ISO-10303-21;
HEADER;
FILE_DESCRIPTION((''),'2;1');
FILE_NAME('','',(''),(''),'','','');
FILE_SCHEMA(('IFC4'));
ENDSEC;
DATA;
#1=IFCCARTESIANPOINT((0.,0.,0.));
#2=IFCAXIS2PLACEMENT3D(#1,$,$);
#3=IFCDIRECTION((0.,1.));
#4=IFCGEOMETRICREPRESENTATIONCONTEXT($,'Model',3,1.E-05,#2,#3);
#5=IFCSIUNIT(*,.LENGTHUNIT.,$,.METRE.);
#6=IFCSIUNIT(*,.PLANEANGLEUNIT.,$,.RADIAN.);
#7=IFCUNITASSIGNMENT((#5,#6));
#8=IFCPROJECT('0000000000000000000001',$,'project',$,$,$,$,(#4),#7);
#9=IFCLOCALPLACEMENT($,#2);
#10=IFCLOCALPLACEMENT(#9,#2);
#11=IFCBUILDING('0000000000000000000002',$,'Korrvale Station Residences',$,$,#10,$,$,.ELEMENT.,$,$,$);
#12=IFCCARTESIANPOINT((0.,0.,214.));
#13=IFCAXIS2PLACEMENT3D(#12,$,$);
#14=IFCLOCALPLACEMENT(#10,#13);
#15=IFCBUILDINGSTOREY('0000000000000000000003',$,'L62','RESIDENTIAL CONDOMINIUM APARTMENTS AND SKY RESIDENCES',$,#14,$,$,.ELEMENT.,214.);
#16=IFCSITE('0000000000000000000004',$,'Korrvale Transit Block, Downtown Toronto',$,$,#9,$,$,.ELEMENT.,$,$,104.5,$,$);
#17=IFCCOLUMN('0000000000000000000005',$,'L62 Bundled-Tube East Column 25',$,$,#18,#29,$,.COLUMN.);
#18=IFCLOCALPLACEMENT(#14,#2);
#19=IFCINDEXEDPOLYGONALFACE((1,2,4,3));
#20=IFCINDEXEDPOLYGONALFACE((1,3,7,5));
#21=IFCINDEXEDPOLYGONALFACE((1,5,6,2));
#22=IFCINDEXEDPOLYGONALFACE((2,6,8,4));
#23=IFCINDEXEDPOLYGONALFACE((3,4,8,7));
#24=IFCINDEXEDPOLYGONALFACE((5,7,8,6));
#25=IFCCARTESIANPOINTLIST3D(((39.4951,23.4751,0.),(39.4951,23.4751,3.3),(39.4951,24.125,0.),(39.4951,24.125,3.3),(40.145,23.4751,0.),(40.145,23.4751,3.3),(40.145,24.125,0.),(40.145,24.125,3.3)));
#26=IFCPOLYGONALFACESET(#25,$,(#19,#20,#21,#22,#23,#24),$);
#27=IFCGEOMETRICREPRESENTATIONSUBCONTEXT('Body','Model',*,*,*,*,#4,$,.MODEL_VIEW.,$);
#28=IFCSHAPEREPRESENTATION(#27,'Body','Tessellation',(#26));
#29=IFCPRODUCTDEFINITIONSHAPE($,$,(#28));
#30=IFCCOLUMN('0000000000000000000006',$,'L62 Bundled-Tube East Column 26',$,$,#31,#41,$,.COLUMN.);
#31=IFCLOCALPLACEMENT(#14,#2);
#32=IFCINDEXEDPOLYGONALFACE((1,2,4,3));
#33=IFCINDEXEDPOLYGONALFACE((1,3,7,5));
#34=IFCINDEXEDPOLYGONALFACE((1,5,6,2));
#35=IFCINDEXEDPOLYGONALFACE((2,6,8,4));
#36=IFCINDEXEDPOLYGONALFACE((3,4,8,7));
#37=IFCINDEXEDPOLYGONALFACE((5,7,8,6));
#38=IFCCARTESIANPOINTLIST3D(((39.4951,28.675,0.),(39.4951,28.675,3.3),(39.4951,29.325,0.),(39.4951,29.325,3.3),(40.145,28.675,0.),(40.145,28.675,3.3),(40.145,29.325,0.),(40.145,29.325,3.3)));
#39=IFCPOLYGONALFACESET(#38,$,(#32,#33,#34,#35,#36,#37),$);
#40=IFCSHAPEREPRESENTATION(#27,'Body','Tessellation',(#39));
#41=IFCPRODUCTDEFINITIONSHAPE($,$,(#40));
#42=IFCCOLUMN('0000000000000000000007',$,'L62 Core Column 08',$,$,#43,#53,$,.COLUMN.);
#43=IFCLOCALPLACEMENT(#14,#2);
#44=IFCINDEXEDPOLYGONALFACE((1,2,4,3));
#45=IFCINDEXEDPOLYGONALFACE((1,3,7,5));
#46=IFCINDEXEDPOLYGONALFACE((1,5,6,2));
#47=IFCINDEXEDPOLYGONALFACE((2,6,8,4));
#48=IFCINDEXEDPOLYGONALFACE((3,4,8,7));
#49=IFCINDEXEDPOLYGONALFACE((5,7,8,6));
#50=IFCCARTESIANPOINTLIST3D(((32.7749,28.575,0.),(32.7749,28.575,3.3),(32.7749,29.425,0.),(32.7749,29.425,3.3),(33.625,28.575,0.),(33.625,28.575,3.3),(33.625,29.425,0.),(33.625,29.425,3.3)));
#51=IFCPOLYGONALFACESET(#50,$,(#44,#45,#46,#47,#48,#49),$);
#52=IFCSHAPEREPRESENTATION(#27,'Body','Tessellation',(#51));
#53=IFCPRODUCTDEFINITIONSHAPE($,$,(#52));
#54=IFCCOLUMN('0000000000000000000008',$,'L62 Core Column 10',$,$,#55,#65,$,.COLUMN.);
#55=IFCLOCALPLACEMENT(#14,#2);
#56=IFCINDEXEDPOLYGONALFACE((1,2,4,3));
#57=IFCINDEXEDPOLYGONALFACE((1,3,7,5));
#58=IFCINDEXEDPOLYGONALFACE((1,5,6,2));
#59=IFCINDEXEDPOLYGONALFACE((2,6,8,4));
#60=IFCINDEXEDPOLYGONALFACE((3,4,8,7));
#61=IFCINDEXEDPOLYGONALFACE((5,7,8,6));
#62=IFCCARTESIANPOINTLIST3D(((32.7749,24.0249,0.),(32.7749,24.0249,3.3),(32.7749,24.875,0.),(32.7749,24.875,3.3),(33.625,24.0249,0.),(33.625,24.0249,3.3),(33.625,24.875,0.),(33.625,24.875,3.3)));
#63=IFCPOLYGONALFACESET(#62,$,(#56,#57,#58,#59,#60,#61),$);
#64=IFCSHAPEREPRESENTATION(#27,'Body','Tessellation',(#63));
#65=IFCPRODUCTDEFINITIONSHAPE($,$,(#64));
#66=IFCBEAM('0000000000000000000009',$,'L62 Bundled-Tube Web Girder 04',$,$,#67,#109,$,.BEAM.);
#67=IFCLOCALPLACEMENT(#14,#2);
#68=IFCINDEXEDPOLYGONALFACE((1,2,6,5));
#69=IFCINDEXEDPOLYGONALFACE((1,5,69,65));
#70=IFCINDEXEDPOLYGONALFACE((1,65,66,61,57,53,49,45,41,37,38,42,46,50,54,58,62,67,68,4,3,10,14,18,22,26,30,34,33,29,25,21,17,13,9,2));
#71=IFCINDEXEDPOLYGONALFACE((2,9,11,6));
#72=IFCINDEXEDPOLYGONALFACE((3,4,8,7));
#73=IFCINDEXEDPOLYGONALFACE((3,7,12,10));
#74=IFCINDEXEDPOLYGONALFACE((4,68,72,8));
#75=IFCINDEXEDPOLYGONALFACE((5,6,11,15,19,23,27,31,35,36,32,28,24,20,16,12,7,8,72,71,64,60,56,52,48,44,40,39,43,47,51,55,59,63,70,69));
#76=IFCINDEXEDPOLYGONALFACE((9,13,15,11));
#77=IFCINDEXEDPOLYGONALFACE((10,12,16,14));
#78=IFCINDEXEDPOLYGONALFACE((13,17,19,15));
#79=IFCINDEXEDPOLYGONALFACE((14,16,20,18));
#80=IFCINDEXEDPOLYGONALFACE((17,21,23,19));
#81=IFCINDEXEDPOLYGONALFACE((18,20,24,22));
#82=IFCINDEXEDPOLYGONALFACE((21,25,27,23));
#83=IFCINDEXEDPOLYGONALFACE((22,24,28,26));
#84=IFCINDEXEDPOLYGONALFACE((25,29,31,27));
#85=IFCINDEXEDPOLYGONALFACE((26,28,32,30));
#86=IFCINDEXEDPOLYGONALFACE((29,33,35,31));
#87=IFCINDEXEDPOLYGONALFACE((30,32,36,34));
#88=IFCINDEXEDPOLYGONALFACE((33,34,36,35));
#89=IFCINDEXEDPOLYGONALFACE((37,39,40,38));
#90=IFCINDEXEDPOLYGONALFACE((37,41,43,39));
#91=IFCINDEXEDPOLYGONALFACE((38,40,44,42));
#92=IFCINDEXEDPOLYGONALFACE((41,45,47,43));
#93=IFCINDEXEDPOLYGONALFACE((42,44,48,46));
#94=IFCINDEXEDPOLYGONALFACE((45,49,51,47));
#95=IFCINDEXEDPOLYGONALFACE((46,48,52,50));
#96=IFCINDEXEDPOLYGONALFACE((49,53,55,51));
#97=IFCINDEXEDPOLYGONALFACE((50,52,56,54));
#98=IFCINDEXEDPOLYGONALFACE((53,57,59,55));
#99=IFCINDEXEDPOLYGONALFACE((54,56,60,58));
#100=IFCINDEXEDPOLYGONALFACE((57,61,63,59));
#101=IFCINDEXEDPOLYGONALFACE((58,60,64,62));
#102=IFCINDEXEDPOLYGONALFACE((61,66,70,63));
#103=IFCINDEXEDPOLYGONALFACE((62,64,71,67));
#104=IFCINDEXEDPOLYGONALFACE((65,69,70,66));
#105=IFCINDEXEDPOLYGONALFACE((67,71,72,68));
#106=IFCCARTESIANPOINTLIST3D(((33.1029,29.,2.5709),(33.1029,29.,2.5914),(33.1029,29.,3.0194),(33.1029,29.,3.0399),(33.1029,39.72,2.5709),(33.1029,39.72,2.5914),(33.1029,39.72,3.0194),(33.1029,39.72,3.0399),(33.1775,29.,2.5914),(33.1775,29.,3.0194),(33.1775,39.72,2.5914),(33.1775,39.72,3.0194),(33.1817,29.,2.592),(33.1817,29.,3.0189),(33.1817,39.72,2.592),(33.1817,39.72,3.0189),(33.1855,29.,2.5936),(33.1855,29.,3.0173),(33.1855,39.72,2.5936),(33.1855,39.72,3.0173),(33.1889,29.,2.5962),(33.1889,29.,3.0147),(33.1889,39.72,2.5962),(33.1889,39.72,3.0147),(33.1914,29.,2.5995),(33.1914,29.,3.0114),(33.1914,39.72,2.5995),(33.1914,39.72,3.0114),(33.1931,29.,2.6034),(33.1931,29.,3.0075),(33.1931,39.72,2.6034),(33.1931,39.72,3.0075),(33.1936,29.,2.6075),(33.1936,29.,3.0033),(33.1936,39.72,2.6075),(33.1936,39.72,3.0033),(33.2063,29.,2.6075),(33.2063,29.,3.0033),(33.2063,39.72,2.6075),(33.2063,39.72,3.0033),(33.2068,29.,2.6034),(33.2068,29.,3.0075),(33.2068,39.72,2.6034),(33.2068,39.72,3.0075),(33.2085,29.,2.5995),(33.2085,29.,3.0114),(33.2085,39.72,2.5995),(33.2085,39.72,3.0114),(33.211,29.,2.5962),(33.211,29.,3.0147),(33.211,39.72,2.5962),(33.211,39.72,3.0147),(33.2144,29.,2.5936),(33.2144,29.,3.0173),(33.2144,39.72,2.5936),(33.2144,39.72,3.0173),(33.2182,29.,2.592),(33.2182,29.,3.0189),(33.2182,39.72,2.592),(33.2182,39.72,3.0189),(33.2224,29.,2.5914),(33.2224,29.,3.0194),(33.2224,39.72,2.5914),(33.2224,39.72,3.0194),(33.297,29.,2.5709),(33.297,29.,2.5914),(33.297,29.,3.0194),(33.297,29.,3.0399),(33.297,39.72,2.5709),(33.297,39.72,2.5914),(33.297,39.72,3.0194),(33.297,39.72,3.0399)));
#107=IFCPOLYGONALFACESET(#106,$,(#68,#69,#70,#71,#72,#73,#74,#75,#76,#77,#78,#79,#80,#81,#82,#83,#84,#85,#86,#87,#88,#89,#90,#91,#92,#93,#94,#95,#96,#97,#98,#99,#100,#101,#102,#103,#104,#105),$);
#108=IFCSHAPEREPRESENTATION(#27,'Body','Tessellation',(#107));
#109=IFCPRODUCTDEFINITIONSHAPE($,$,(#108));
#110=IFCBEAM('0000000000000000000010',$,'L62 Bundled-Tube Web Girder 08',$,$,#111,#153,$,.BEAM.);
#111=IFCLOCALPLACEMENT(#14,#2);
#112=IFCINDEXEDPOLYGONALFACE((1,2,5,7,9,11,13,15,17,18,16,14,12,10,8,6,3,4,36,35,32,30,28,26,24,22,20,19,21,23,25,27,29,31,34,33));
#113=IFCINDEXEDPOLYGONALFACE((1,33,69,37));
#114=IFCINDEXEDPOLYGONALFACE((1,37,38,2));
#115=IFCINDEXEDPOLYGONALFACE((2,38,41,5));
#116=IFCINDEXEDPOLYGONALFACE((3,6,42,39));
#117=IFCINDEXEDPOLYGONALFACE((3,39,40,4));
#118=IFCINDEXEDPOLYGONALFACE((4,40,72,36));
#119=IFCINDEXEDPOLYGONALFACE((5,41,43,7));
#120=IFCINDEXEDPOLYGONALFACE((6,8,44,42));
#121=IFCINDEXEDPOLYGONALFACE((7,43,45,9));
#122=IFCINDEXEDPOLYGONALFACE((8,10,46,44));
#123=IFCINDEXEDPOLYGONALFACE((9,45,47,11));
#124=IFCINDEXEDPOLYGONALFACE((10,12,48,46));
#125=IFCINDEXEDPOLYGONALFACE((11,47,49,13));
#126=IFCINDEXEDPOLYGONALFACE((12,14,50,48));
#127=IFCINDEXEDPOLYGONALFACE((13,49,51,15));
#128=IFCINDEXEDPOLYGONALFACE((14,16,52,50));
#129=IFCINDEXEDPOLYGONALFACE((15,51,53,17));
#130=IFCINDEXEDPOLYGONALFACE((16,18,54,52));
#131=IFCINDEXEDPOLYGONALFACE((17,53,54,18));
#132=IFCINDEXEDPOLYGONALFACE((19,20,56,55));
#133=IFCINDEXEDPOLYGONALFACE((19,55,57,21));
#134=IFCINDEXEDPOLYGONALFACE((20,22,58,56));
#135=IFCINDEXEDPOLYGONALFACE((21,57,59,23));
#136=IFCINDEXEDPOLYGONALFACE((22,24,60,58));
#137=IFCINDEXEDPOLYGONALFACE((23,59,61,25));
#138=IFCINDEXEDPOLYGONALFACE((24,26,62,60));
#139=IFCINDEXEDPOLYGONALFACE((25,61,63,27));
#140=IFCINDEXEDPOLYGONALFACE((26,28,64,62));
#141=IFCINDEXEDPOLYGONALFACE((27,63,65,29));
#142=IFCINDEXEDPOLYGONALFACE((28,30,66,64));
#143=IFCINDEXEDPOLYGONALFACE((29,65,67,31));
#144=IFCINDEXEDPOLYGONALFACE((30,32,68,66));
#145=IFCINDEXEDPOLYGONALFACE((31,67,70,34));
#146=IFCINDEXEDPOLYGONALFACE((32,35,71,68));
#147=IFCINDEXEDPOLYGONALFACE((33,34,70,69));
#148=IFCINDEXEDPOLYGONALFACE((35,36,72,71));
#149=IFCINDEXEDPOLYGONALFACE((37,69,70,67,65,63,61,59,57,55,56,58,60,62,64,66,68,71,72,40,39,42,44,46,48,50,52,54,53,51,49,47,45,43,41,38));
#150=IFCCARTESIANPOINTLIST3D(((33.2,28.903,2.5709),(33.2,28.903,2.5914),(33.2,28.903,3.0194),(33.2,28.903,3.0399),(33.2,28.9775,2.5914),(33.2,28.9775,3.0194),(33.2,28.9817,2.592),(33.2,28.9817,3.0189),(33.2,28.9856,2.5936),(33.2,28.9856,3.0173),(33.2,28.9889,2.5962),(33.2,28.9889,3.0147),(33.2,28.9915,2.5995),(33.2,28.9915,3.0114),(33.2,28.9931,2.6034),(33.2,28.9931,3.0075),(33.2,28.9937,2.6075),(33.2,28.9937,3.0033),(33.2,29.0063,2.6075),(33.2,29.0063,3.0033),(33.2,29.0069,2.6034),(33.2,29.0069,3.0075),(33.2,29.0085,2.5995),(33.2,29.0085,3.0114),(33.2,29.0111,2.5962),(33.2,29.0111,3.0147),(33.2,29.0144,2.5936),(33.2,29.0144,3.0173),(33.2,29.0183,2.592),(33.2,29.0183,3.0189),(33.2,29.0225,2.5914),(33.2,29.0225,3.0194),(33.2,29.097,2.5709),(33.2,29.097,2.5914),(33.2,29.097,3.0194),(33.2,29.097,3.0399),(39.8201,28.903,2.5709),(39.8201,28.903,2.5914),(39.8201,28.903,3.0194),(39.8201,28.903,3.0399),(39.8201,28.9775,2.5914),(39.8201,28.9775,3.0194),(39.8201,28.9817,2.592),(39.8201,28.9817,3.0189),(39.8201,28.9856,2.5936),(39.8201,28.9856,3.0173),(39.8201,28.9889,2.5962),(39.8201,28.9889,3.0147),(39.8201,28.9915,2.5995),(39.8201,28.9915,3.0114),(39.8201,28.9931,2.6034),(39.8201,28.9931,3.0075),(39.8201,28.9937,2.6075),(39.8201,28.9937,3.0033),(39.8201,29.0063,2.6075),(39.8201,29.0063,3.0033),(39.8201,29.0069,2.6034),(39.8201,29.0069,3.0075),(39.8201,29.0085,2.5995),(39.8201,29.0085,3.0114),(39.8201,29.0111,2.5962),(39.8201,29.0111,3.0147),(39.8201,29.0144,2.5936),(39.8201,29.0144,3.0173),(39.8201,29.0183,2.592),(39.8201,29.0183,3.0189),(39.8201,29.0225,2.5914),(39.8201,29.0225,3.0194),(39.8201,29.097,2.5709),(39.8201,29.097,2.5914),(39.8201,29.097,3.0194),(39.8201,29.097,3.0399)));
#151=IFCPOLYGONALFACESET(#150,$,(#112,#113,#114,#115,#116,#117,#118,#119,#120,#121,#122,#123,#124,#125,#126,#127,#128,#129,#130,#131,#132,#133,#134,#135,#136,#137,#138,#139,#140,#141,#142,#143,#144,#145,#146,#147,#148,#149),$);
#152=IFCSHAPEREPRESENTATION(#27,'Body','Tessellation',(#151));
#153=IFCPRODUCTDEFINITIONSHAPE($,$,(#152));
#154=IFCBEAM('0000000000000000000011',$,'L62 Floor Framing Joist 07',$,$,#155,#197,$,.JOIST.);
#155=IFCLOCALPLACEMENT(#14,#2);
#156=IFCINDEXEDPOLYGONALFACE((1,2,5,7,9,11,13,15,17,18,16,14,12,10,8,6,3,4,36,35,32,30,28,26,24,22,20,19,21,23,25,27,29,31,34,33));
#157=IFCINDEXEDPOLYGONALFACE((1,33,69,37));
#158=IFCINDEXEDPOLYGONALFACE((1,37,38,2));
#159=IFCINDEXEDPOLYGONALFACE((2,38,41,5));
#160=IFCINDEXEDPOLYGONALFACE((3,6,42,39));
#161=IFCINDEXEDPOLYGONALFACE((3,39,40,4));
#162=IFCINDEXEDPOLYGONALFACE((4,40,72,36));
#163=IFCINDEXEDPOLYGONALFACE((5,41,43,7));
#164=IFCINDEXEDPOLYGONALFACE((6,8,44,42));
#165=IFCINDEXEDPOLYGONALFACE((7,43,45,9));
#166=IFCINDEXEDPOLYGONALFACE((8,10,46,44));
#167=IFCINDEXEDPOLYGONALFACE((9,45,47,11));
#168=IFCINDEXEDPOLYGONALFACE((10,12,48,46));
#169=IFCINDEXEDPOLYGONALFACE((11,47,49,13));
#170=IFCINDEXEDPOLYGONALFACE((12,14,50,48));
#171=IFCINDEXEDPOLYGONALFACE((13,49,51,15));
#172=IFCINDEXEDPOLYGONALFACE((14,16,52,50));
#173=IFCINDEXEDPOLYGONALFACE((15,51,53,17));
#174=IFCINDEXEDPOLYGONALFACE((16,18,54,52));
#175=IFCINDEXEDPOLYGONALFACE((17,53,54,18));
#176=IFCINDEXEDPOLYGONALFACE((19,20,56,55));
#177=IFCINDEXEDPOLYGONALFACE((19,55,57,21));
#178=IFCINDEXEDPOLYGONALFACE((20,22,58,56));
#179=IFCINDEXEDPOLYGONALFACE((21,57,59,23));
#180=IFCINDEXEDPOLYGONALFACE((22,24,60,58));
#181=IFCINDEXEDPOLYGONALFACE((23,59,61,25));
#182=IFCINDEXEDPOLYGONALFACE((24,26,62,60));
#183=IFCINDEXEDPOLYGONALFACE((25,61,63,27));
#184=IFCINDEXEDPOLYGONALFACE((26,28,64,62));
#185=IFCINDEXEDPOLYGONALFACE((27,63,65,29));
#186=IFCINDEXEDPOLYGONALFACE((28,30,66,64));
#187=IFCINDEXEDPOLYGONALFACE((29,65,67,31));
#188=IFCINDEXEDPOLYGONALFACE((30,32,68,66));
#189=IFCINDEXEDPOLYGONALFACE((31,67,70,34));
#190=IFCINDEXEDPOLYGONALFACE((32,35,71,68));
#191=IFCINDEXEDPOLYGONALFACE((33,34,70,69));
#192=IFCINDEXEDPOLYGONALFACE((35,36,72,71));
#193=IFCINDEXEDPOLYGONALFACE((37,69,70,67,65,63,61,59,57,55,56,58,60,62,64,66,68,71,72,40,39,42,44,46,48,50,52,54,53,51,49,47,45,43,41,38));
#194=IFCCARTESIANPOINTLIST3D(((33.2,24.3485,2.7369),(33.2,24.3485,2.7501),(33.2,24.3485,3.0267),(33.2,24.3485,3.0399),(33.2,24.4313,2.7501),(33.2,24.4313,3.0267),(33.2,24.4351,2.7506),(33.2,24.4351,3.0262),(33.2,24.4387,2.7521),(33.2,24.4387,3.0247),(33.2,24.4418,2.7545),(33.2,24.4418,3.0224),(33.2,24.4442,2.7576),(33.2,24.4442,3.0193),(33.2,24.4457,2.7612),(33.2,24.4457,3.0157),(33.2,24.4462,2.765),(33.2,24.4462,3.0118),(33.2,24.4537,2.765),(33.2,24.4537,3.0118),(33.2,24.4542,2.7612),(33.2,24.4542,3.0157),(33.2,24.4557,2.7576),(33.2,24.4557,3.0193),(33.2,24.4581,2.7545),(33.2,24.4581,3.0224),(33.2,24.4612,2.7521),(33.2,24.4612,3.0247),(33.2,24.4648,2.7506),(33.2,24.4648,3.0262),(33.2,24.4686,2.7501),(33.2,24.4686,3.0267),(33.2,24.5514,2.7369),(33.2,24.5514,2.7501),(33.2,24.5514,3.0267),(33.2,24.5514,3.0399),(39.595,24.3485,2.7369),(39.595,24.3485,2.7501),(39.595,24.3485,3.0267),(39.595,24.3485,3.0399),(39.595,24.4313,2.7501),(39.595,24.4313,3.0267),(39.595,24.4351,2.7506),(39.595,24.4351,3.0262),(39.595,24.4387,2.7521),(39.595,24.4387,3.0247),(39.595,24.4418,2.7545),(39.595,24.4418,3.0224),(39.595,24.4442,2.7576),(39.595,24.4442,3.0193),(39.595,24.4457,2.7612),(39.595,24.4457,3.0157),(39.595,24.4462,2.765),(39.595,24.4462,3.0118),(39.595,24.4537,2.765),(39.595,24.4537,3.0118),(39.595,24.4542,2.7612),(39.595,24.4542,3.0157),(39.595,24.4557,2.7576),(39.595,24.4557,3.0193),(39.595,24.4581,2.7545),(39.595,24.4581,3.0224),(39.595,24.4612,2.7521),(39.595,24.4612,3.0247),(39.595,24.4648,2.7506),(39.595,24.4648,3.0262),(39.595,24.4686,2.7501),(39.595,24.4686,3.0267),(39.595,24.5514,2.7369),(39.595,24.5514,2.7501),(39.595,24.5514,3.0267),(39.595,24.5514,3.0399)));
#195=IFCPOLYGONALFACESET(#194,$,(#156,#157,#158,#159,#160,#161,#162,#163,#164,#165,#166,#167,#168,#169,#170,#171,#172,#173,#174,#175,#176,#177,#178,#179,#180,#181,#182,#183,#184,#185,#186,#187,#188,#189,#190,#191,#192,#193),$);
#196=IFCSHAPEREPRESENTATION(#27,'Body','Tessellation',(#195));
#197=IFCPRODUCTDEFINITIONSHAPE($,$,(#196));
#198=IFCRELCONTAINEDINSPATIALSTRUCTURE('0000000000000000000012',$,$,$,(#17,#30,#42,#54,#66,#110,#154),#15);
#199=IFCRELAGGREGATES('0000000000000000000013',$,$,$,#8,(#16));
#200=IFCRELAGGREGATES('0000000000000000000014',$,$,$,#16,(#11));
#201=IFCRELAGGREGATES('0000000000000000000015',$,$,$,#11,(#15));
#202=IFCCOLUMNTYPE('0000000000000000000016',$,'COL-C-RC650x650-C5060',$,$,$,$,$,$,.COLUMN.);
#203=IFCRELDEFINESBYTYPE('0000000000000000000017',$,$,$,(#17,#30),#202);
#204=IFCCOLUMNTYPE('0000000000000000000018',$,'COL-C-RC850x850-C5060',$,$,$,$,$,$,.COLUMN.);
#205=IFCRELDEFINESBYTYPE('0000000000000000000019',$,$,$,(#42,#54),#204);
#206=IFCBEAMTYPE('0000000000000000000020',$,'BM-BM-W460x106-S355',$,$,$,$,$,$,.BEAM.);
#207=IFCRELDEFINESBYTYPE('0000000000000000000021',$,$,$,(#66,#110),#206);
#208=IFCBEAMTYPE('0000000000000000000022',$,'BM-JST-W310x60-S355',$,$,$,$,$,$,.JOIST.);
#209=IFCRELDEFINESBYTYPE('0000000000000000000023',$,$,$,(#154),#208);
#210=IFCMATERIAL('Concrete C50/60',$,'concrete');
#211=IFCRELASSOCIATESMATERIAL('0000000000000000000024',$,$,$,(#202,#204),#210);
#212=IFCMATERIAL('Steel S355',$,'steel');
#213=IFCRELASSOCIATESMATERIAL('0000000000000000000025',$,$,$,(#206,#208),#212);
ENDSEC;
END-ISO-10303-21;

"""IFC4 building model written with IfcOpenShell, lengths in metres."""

from ifc_helpers import new_model, si_unit, direction, frame, origin, origin_2d, place, context, subcontext, project, spatial, rectangle, i_section, extrude, material, material_profile, profile_set, type_object, element, save


model = new_model("IFC4")

# Units and contexts
model_context = context("Model", 3, precision=1e-05, world=origin(), true_north=direction((0.0, 1.0)))
body_context = subcontext(model_context, "Body", "Model", "MODEL_VIEW")
ifc_project = project(units=[si_unit("LENGTHUNIT", "METRE"), si_unit("PLANEANGLEUNIT", "RADIAN")], contexts=[model_context])

# Site, building, storey
site_placement = place(None, origin())
site = spatial("IfcSite", under=ifc_project, at=site_placement, Name="Korrvale Transit Block, Downtown Toronto", CompositionType="ELEMENT", RefElevation=104.5)
building_placement = place(site_placement, origin())
building = spatial("IfcBuilding", under=site, at=building_placement, Name="Korrvale Station Residences", CompositionType="ELEMENT")
storey_placement = place(building_placement, frame((0.0, 0.0, 214.0)))
storey = spatial("IfcBuildingStorey", under=building, at=storey_placement, Name="L62", Description="RESIDENTIAL CONDOMINIUM APARTMENTS AND SKY RESIDENCES", CompositionType="ELEMENT", Elevation=214.0)

# Columns
ifc_material_1 = material(Name="Concrete C50/60", Category="concrete")
ifc_material_profile_1 = material_profile(ifc_material_1, rectangle(XDim=0.6499, YDim=0.6499, at=origin_2d()), Name="RC650x650")
ifc_profile_set_1 = profile_set([ifc_material_profile_1], Name="Concrete C50/60")
column_type_1 = type_object("IfcColumnType", Name="COL-C-RC650x650-C5060", PredefinedType="COLUMN", material=ifc_profile_set_1)
for number, where, z_axis, x_axis, name in (
    (1, (39.8201, 23.8, 0.0), (0.0, 0.0, 1.0), (1.0, 0.0, 0.0), "L62 Bundled-Tube East Column 25"),
    (2, (39.8201, 29.0, 0.0), (0.0, 0.0, 1.0), (1.0, 0.0, 0.0), "L62 Bundled-Tube East Column 26"),
):
    element("IfcColumn", number, at=place(storey_placement, frame(where, z_axis=z_axis, x_axis=x_axis)), inside=storey, type_object=column_type_1, Name=name, PredefinedType="COLUMN", context=body_context, shape_type="SweptSolid", body=[
        extrude(rectangle(XDim=0.6499, YDim=0.6499, at=origin_2d()), origin(), (0.0, 0.0, 1.0), 3.3),
    ])
ifc_material_profile_2 = material_profile(ifc_material_1, rectangle(XDim=0.8501, YDim=0.8501, at=origin_2d()), Name="RC850x850")
ifc_profile_set_2 = profile_set([ifc_material_profile_2], Name="Concrete C50/60")
column_type_2 = type_object("IfcColumnType", Name="COL-C-RC850x850-C5060", PredefinedType="COLUMN", material=ifc_profile_set_2)
for number, where, z_axis, x_axis, name in (
    (3, (33.2, 29.0, 0.0), (0.0, 0.0, 1.0), (1.0, 0.0, 0.0), "L62 Core Column 08"),
    (4, (33.2, 24.45, 0.0), (0.0, 0.0, 1.0), (1.0, 0.0, 0.0), "L62 Core Column 10"),
):
    element("IfcColumn", number, at=place(storey_placement, frame(where, z_axis=z_axis, x_axis=x_axis)), inside=storey, type_object=column_type_2, Name=name, PredefinedType="COLUMN", context=body_context, shape_type="SweptSolid", body=[
        extrude(rectangle(XDim=0.8501, YDim=0.8501, at=origin_2d()), origin(), (0.0, 0.0, 1.0), 3.3),
    ])

# Beams
ifc_material_2 = material(Name="Steel S355", Category="steel")
ifc_material_profile_3 = material_profile(ifc_material_2, i_section(OverallWidth=0.1941, OverallDepth=0.469, WebThickness=0.0127, FlangeThickness=0.0205, FilletRadius=0.0161, at=origin_2d()), Name="W460x106")
ifc_profile_set_3 = profile_set([ifc_material_profile_3], Name="Steel S355")
beam_type_1 = type_object("IfcBeamType", Name="BM-BM-W460x106-S355", PredefinedType="BEAM", material=ifc_profile_set_3)
beam_1_placement = place(storey_placement, frame((33.2, 29.0, 2.8054), z_axis=(0.0, 1.0, 0.0), x_axis=(-1.0, 0.0, 0.0)))
element("IfcBeam", 5, at=beam_1_placement, inside=storey, type_object=beam_type_1, Name="L62 Bundled-Tube Web Girder 04", PredefinedType="BEAM", context=body_context, shape_type="SweptSolid", body=[
    extrude(i_section(OverallWidth=0.1941, OverallDepth=0.469, WebThickness=0.0127, FlangeThickness=0.0205, FilletRadius=0.0161, at=origin_2d()), origin(), (0.0, 0.0, 1.0), 10.72),
])
beam_2_placement = place(storey_placement, frame((33.2, 29.0, 2.8054), z_axis=(1.0, 0.0, 0.0), x_axis=(0.0, 1.0, 0.0)))
element("IfcBeam", 6, at=beam_2_placement, inside=storey, type_object=beam_type_1, Name="L62 Bundled-Tube Web Girder 08", PredefinedType="BEAM", context=body_context, shape_type="SweptSolid", body=[
    extrude(i_section(OverallWidth=0.1941, OverallDepth=0.469, WebThickness=0.0127, FlangeThickness=0.0205, FilletRadius=0.0161, at=origin_2d()), origin(), (0.0, 0.0, 1.0), 6.6201),
])
ifc_material_profile_4 = material_profile(ifc_material_2, i_section(OverallWidth=0.2029, OverallDepth=0.303, WebThickness=0.0076, FlangeThickness=0.0132, FilletRadius=0.0149, at=origin_2d()), Name="W310x60")
ifc_profile_set_4 = profile_set([ifc_material_profile_4], Name="Steel S355")
beam_type_2 = type_object("IfcBeamType", Name="BM-JST-W310x60-S355", PredefinedType="JOIST", material=ifc_profile_set_4)
beam_3_placement = place(storey_placement, frame((33.2, 24.45, 2.8884), z_axis=(1.0, 0.0, 0.0), x_axis=(0.0, 1.0, 0.0)))
element("IfcBeam", 7, at=beam_3_placement, inside=storey, type_object=beam_type_2, Name="L62 Floor Framing Joist 07", PredefinedType="JOIST", context=body_context, shape_type="SweptSolid", body=[
    extrude(i_section(OverallWidth=0.2029, OverallDepth=0.303, WebThickness=0.0076, FlangeThickness=0.0132, FilletRadius=0.0149, at=origin_2d()), origin(), (0.0, 0.0, 1.0), 6.395),
])

save(model, "model.ifc")
